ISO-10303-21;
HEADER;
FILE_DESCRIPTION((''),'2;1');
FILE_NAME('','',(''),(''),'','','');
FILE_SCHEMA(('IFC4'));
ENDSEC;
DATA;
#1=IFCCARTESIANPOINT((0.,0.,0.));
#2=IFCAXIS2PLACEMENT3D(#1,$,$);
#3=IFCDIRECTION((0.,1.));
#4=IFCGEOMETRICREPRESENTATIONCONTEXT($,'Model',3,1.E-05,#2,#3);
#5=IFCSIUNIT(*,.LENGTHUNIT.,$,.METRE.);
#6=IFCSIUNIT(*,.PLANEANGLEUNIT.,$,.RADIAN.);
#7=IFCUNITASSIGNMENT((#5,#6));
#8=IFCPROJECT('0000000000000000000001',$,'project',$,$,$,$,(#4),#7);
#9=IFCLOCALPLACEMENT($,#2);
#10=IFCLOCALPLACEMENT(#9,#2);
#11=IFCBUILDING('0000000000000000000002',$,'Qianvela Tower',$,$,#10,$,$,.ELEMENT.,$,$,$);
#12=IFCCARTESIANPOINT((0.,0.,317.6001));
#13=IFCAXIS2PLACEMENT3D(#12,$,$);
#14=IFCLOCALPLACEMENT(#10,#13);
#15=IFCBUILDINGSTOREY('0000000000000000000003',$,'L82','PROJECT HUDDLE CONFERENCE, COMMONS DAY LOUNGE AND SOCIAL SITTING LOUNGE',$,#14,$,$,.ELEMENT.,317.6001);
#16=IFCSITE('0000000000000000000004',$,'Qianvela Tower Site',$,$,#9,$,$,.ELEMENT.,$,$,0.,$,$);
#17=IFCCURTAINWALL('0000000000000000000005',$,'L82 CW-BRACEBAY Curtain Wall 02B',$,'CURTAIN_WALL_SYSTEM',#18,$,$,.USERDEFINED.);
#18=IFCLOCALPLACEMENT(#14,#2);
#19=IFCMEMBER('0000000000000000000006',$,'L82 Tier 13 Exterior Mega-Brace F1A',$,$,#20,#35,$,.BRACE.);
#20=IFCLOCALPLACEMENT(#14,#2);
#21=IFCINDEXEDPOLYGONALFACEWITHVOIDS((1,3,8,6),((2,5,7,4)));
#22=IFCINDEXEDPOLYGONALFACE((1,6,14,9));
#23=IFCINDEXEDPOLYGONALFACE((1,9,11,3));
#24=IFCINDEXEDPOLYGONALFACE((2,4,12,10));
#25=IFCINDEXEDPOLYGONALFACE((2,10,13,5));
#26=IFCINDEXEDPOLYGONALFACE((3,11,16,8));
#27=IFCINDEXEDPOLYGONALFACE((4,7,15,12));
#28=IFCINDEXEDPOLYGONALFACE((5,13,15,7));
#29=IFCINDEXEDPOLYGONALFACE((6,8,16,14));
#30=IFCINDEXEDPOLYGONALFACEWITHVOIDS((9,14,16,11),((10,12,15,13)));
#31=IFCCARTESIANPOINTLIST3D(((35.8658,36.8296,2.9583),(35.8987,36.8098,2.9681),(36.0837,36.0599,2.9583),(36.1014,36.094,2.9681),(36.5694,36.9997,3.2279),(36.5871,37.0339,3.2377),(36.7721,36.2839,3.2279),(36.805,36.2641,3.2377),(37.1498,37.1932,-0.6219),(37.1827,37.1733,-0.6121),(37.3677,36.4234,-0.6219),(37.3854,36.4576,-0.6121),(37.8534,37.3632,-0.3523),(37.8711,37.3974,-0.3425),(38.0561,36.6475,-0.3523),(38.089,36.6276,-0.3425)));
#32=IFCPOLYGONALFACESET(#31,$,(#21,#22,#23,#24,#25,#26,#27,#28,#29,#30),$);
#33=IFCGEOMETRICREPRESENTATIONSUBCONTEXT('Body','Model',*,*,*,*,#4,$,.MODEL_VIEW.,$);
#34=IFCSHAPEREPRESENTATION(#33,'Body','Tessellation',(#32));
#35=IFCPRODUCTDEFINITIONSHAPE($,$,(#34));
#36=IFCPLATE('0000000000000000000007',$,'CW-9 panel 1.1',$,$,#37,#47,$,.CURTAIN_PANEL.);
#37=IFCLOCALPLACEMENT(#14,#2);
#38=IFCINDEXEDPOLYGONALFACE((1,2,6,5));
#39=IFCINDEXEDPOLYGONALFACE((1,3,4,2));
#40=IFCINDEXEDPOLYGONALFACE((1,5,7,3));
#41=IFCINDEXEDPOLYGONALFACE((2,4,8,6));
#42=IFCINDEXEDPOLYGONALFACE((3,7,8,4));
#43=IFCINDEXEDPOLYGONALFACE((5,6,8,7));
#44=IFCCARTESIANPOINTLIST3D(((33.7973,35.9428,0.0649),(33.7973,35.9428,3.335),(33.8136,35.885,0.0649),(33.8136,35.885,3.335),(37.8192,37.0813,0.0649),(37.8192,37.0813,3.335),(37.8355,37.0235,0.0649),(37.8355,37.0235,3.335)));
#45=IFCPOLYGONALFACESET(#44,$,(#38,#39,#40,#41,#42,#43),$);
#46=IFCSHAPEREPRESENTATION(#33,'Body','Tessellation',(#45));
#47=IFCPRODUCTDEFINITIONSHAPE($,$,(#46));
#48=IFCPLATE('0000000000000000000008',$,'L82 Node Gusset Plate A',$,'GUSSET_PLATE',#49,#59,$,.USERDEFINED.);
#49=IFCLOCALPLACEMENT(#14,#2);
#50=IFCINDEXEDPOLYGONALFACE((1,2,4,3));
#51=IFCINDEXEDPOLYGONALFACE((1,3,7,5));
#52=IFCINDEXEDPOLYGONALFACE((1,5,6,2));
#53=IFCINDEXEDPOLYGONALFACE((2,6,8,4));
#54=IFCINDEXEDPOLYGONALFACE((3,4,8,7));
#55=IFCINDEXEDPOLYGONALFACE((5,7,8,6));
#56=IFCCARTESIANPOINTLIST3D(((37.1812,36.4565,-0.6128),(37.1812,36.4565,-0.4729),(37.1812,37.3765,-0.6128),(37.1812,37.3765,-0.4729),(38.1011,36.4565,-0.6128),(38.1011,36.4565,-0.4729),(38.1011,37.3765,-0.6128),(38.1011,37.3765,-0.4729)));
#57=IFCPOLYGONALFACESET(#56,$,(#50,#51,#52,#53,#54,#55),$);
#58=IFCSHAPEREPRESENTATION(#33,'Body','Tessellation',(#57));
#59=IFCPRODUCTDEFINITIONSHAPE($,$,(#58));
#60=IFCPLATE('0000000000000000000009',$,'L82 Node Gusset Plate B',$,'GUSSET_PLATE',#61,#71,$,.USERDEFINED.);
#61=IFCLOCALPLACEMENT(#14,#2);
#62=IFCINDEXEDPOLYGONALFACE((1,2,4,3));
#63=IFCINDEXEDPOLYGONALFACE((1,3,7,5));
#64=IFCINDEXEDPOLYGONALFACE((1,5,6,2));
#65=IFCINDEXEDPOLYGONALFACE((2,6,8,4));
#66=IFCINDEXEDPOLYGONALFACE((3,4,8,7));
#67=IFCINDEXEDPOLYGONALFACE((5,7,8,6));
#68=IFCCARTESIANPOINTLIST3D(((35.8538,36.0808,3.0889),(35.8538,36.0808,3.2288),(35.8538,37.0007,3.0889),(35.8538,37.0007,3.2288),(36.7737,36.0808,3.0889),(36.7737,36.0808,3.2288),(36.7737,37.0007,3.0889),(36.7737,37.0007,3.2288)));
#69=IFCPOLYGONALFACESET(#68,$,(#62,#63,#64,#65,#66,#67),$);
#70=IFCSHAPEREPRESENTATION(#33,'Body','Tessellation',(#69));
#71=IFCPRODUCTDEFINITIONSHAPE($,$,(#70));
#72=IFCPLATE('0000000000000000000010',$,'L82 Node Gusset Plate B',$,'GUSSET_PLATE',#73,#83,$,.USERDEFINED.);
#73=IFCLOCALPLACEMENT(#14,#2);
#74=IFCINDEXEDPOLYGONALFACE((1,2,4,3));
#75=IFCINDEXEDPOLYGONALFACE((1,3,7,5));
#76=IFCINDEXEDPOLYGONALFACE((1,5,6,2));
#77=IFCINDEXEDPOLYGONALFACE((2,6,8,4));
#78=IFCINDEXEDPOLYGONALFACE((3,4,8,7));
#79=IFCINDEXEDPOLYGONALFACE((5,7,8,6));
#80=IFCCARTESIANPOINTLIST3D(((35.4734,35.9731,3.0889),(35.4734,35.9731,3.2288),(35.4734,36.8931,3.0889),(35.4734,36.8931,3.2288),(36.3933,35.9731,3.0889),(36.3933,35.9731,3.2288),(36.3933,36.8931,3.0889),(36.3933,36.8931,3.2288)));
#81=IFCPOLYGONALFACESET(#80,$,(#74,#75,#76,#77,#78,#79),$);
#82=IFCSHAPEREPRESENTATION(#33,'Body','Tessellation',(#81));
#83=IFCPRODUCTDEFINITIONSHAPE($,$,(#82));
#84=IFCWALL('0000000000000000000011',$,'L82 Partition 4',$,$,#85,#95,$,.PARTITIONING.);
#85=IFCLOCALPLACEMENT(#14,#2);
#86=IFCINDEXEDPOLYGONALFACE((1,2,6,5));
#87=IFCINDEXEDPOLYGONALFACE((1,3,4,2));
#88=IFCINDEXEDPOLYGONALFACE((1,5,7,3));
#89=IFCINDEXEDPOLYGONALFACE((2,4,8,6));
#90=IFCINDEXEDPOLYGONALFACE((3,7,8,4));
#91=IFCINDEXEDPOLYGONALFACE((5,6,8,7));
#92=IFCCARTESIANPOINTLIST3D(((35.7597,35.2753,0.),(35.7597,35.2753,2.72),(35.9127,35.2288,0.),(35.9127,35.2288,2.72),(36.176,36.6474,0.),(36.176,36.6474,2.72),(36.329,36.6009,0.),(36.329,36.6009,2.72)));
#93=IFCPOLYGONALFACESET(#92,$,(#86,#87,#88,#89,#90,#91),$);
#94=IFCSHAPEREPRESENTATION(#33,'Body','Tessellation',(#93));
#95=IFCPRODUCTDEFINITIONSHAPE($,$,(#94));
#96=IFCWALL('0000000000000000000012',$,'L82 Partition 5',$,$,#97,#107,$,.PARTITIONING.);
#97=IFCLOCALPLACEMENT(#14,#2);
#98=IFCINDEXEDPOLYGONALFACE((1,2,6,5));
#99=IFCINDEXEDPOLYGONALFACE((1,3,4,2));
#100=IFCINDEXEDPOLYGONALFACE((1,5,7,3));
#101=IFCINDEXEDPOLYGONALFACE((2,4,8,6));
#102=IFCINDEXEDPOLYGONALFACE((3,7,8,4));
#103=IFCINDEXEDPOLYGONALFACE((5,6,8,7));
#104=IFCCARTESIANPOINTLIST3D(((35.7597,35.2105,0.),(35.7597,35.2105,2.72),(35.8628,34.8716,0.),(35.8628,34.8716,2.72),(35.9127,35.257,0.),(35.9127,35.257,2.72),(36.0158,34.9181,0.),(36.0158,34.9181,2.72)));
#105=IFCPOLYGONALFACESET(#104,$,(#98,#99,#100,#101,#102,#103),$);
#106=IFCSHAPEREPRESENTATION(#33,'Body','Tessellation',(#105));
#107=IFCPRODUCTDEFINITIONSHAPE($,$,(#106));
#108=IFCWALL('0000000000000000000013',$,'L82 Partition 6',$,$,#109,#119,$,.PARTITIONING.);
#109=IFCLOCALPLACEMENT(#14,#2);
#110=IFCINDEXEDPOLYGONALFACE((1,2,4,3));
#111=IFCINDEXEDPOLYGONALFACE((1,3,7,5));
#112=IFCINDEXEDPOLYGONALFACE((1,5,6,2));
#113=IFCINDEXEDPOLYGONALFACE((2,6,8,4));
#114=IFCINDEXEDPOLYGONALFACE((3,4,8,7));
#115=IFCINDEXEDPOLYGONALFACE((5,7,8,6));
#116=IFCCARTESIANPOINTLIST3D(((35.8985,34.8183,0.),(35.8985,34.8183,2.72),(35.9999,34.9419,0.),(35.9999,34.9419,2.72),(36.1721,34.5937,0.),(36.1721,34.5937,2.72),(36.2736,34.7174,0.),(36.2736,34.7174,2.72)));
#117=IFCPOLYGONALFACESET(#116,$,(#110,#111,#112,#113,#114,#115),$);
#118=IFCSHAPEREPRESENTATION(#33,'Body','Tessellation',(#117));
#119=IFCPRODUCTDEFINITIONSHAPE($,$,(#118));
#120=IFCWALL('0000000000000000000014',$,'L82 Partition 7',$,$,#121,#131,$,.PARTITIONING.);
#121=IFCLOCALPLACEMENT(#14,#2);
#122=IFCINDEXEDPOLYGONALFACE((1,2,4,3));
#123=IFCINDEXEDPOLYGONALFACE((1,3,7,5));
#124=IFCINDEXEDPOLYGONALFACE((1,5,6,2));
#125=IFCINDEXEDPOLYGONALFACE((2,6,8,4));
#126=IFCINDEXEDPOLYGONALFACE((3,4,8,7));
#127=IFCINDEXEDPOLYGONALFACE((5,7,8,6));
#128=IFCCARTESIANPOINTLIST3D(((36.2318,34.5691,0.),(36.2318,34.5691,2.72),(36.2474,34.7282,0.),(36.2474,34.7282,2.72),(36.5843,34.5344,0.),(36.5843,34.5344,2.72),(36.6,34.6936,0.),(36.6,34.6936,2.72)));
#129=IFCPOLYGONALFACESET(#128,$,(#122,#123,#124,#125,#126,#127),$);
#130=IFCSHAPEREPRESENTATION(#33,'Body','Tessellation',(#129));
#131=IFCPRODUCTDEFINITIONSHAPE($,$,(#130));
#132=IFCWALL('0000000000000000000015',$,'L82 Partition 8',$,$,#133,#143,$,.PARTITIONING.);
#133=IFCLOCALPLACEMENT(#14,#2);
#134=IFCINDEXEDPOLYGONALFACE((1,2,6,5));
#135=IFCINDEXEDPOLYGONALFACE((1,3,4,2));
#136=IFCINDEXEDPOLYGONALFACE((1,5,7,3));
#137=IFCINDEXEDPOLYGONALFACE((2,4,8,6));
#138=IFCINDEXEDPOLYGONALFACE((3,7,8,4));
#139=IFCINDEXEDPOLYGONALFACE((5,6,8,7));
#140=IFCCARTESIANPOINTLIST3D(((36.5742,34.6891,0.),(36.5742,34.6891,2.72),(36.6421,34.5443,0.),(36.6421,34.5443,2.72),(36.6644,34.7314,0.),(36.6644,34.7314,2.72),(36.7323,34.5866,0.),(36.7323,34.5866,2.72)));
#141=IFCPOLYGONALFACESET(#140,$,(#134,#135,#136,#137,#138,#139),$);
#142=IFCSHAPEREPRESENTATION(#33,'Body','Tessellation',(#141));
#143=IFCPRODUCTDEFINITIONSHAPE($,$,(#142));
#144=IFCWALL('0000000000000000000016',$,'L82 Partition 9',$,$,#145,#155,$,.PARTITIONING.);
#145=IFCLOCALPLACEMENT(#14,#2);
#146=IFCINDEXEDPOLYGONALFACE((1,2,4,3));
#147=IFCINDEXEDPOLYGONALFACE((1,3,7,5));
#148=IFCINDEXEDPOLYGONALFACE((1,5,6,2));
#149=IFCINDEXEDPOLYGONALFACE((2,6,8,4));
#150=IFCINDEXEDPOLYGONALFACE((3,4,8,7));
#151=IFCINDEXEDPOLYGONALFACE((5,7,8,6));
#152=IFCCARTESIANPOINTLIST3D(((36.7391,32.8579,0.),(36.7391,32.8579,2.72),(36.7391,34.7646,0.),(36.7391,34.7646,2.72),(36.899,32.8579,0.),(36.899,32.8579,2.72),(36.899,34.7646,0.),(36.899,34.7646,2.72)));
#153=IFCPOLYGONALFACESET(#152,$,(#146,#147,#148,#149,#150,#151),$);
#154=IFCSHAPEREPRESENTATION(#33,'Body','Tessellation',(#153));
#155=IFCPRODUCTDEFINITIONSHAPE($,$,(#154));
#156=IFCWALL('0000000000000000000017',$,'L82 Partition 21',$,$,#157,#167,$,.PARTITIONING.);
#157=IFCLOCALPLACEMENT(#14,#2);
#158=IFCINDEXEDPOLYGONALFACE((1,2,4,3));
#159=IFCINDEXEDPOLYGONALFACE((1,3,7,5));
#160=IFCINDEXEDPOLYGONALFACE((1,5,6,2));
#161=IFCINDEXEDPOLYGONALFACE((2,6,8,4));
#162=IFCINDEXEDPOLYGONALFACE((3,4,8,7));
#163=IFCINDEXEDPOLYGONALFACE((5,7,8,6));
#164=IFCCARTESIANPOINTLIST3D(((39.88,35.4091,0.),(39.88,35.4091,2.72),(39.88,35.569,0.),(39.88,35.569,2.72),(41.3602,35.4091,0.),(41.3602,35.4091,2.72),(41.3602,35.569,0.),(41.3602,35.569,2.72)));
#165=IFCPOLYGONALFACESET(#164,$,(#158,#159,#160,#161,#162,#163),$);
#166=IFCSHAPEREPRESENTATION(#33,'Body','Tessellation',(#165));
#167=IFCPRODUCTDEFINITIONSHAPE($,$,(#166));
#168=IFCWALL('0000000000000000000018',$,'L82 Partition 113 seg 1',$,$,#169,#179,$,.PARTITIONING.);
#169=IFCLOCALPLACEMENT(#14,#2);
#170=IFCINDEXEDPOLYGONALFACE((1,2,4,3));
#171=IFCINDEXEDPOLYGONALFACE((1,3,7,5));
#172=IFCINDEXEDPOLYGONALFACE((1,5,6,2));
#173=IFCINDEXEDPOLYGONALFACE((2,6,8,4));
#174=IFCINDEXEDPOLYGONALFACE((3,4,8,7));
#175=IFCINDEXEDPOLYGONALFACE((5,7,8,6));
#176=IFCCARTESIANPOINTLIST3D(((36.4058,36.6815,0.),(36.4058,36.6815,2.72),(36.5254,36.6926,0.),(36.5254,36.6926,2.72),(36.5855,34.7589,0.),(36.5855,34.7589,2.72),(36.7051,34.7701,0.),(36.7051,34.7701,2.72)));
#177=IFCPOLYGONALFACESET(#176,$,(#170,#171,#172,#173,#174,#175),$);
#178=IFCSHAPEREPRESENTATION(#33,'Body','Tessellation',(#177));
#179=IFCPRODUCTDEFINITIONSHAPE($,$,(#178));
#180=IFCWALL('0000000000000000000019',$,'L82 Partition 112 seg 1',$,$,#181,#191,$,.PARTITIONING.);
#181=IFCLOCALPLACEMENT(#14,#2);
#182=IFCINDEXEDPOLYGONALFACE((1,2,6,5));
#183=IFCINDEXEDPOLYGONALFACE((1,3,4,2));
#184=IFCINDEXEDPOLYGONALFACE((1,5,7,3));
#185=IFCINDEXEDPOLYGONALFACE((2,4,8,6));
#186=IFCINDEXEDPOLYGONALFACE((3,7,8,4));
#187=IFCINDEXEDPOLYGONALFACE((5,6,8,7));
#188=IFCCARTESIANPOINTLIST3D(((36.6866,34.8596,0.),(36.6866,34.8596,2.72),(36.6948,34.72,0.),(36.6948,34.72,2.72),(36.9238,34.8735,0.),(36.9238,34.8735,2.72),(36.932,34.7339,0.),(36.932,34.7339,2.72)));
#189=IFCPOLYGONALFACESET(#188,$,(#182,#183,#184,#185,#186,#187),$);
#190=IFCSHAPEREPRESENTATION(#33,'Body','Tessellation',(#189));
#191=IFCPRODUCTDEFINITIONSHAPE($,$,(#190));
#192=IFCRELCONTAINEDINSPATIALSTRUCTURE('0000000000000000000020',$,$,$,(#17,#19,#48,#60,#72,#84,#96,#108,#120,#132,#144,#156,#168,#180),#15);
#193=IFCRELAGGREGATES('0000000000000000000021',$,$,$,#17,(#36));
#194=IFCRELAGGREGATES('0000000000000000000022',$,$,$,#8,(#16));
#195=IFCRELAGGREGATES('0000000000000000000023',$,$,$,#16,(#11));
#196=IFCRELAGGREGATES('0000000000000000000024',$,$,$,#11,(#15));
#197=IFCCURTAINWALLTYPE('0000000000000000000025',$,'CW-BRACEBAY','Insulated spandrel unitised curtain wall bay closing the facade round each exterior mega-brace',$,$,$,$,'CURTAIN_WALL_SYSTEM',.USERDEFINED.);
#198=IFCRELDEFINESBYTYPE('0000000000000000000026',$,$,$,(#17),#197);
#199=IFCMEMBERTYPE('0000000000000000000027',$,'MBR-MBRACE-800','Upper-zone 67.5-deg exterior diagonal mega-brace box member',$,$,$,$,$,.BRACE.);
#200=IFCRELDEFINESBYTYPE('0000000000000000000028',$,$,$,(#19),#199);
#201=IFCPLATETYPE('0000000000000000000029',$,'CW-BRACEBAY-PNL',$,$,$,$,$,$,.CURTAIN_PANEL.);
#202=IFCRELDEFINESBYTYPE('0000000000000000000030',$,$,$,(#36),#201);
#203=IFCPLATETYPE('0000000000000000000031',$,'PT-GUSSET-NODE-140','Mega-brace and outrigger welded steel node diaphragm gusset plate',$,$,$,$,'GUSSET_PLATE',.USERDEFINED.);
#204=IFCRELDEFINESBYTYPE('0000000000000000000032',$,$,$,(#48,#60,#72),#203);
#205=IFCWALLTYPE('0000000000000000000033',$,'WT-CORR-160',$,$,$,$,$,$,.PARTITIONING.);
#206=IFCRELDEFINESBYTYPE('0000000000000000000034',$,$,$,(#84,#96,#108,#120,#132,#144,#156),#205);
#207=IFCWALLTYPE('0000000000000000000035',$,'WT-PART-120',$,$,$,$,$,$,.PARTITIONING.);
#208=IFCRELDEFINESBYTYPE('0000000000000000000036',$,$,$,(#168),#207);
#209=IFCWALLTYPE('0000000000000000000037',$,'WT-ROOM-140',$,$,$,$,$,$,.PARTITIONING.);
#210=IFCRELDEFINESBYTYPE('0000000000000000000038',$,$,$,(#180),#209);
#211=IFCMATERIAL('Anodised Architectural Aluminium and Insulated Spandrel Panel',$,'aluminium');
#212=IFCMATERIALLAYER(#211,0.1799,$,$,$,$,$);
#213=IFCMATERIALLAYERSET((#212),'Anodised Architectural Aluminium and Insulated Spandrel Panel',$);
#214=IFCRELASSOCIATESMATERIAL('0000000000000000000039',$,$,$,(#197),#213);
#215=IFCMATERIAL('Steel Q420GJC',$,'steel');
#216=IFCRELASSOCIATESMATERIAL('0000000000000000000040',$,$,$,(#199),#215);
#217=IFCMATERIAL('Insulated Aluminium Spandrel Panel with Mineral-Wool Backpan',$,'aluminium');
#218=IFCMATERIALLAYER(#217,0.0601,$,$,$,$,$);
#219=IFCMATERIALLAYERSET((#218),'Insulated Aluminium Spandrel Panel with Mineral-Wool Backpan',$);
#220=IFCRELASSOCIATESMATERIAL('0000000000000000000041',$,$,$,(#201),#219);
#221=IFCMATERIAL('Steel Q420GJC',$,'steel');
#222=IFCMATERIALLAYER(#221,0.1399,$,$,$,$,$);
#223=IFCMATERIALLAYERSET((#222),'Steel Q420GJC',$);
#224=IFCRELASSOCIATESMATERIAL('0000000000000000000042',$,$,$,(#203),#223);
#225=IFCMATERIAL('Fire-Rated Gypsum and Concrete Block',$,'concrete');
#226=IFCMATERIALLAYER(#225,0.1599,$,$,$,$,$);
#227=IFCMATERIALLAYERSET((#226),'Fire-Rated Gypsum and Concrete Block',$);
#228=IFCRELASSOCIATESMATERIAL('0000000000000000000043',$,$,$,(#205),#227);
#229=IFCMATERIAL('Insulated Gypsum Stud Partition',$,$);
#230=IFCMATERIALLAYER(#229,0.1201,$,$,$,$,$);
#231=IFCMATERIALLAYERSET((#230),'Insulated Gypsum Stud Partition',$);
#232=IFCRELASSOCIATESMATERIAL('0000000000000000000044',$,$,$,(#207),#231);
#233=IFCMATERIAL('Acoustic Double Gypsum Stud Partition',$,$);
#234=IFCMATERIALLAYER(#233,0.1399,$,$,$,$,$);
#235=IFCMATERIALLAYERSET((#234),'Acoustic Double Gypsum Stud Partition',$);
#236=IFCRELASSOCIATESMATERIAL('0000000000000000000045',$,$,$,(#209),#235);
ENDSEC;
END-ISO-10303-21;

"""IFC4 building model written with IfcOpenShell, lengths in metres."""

from ifc_helpers import new_model, si_unit, direction, frame, frame_2d, origin, origin_2d, place, context, subcontext, project, spatial, rectangle, hollow_rectangle, extrude, material, layer, layer_set, material_profile, profile_set, type_object, element, aggregate, save


model = new_model("IFC4")

# Units and contexts
model_context = context("Model", 3, precision=1e-05, world=origin(), true_north=direction((0.0, 1.0)))
body_context = subcontext(model_context, "Body", "Model", "MODEL_VIEW")
ifc_project = project(units=[si_unit("LENGTHUNIT", "METRE"), si_unit("PLANEANGLEUNIT", "RADIAN")], contexts=[model_context])

# Site, building, storey
site_placement = place(None, origin())
site = spatial("IfcSite", under=ifc_project, at=site_placement, Name="Qianvela Tower Site", CompositionType="ELEMENT", RefElevation=0.0)
building_placement = place(site_placement, origin())
building = spatial("IfcBuilding", under=site, at=building_placement, Name="Qianvela Tower", CompositionType="ELEMENT")
storey_placement = place(building_placement, frame((0.0, 0.0, 317.6001)))
storey = spatial("IfcBuildingStorey", under=building, at=storey_placement, Name="L82", Description="PROJECT HUDDLE CONFERENCE, COMMONS DAY LOUNGE AND SOCIAL SITTING LOUNGE", CompositionType="ELEMENT", Elevation=317.6001)

# Curtain wall
ifc_material_1 = material(Name="Anodised Architectural Aluminium and Insulated Spandrel Panel", Category="aluminium")
ifc_layer_1 = layer(ifc_material_1, 0.1799)
ifc_layer_set_1 = layer_set([ifc_layer_1], Name="Anodised Architectural Aluminium and Insulated Spandrel Panel")
curtain_wall_type_1 = type_object("IfcCurtainWallType", Name="CW-BRACEBAY", Description="Insulated spandrel unitised curtain wall bay closing the facade round each exterior mega-brace", ElementType="CURTAIN_WALL_SYSTEM", PredefinedType="USERDEFINED", material=ifc_layer_set_1)
curtain_wall_1_placement = place(storey_placement, origin())
curtain_wall_1 = element("IfcCurtainWall", 1, at=curtain_wall_1_placement, inside=storey, type_object=curtain_wall_type_1, Name="L82 CW-BRACEBAY Curtain Wall 02B", ObjectType="CURTAIN_WALL_SYSTEM", PredefinedType="USERDEFINED")

# Member
ifc_material_2 = material(Name="Steel Q420GJC", Category="steel")
ifc_material_profile_1 = material_profile(ifc_material_2, hollow_rectangle(XDim=0.8, YDim=0.8, WallThickness=0.0281, at=origin_2d()), Name="MBOX-800x800x28")
ifc_profile_set_1 = profile_set([ifc_material_profile_1], Name="Steel Q420GJC")
member_type_1 = type_object("IfcMemberType", Name="MBR-MBRACE-800", Description="Upper-zone 67.5-deg exterior diagonal mega-brace box member", PredefinedType="BRACE", material=ifc_profile_set_1)
member_1_placement = place(storey_placement, frame((37.6194, 36.9104, -0.4822), z_axis=(-0.336049, -0.095147, 0.937026), x_axis=(0.272425, -0.962177, 0.0)))
element("IfcMember", 2, at=member_1_placement, inside=storey, type_object=member_type_1, Name="L82 Tier 13 Exterior Mega-Brace F1A", PredefinedType="BRACE", context=body_context, shape_type="SweptSolid", body=[
    extrude(hollow_rectangle(XDim=0.8, YDim=0.8, WallThickness=0.0281, at=origin_2d()), origin(), (0.0, 0.0, 1.0), 3.8208),
])

# Plate
ifc_material_3 = material(Name="Insulated Aluminium Spandrel Panel with Mineral-Wool Backpan", Category="aluminium")
ifc_layer_2 = layer(ifc_material_3, 0.0601)
ifc_layer_set_2 = layer_set([ifc_layer_2], Name="Insulated Aluminium Spandrel Panel with Mineral-Wool Backpan")
plate_type_1 = type_object("IfcPlateType", Name="CW-BRACEBAY-PNL", PredefinedType="CURTAIN_PANEL", material=ifc_layer_set_2)
plate_placement = place(storey_placement, frame((35.8164, 36.4832, 0.0649), z_axis=(0.0, 0.0, 1.0), x_axis=(-0.962187, -0.272391, 0.0)))
plate = element("IfcPlate", 3, at=plate_placement, type_object=plate_type_1, Name="CW-9 panel 1.1", PredefinedType="CURTAIN_PANEL", context=body_context, shape_type="SweptSolid", body=[
    extrude(rectangle(XDim=4.1799, YDim=0.0601, at=origin_2d()), origin(), (0.0, 0.0, 1.0), 3.27),
])
aggregate(curtain_wall_1, [plate])

# Plates
ifc_material_4 = material(Name="Steel Q420GJC", Category="steel")
ifc_layer_3 = layer(ifc_material_4, 0.1399)
ifc_layer_set_3 = layer_set([ifc_layer_3], Name="Steel Q420GJC")
plate_type_2 = type_object("IfcPlateType", Name="PT-GUSSET-NODE-140", Description="Mega-brace and outrigger welded steel node diaphragm gusset plate", ElementType="GUSSET_PLATE", PredefinedType="USERDEFINED", material=ifc_layer_set_3)
for number, where, z_axis, x_axis, name in (
    (4, (37.6411, 36.9165, -0.6128), (0.0, 0.0, 1.0), (1.0, 0.0, 0.0), "L82 Node Gusset Plate A"),
    (5, (36.3137, 36.5408, 3.0889), (0.0, 0.0, 1.0), (1.0, 0.0, 0.0), "L82 Node Gusset Plate B"),
    (6, (35.9333, 36.4331, 3.0889), (0.0, 0.0, 1.0), (1.0, 0.0, 0.0), "L82 Node Gusset Plate B"),
):
    element("IfcPlate", number, at=place(storey_placement, frame(where, z_axis=z_axis, x_axis=x_axis)), inside=storey, type_object=plate_type_2, Name=name, ObjectType="GUSSET_PLATE", PredefinedType="USERDEFINED", context=body_context, shape_type="SweptSolid", body=[
        extrude(rectangle(XDim=0.9199, YDim=0.9199, at=origin_2d()), origin(), (0.0, 0.0, 1.0), 0.1399),
    ])

# Walls
ifc_material_5 = material(Name="Fire-Rated Gypsum and Concrete Block", Category="concrete")
ifc_layer_4 = layer(ifc_material_5, 0.1599)
ifc_layer_set_4 = layer_set([ifc_layer_4], Name="Fire-Rated Gypsum and Concrete Block")
wall_type_1 = type_object("IfcWallType", Name="WT-CORR-160", PredefinedType="PARTITIONING", material=ifc_layer_set_4)
wall_1_placement = place(storey_placement, frame((36.2524, 36.624, 0.0), z_axis=(0.0, 0.0, 1.0), x_axis=(-0.290315, -0.956931, 0.0)))
element("IfcWall", 7, at=wall_1_placement, inside=storey, type_object=wall_type_1, Name="L82 Partition 4", PredefinedType="PARTITIONING", context=body_context, shape_type="SweptSolid", body=[
    extrude(rectangle(XDim=1.4338, YDim=0.1599, at=frame_2d((0.7168, 0.0))), origin(), (0.0, 0.0, 1.0), 2.72),
])
wall_2_placement = place(storey_placement, frame((35.8362, 35.2339, 0.0), z_axis=(0.0, 0.0, 1.0), x_axis=(0.290887, -0.956757, 0.0)))
element("IfcWall", 8, at=wall_2_placement, inside=storey, type_object=wall_type_1, Name="L82 Partition 5", PredefinedType="PARTITIONING", context=body_context, shape_type="SweptSolid", body=[
    extrude(rectangle(XDim=0.3542, YDim=0.1599, at=frame_2d((0.1772, 0.0))), origin(), (0.0, 0.0, 1.0), 2.72),
])
wall_3_placement = place(storey_placement, frame((35.9492, 34.8801, 0.0), z_axis=(0.0, 0.0, 1.0), x_axis=(0.773004, -0.634401, 0.0)))
element("IfcWall", 9, at=wall_3_placement, inside=storey, type_object=wall_type_1, Name="L82 Partition 6", PredefinedType="PARTITIONING", context=body_context, shape_type="SweptSolid", body=[
    extrude(rectangle(XDim=0.354, YDim=0.1599, at=frame_2d((0.177, 0.0))), origin(), (0.0, 0.0, 1.0), 2.72),
])
wall_4_placement = place(storey_placement, frame((36.2395, 34.6487, 0.0), z_axis=(0.0, 0.0, 1.0), x_axis=(0.9952, -0.097866, 0.0)))
element("IfcWall", 10, at=wall_4_placement, inside=storey, type_object=wall_type_1, Name="L82 Partition 7", PredefinedType="PARTITIONING", context=body_context, shape_type="SweptSolid", body=[
    extrude(rectangle(XDim=0.3542, YDim=0.1599, at=frame_2d((0.1772, 0.0))), origin(), (0.0, 0.0, 1.0), 2.72),
])
wall_5_placement = place(storey_placement, frame((36.6082, 34.6167, 0.0), z_axis=(0.0, 0.0, 1.0), x_axis=(0.905429, 0.424497, 0.0)))
element("IfcWall", 11, at=wall_5_placement, inside=storey, type_object=wall_type_1, Name="L82 Partition 8", PredefinedType="PARTITIONING", context=body_context, shape_type="SweptSolid", body=[
    extrude(rectangle(XDim=0.0996, YDim=0.1599, at=frame_2d((0.0498, 0.0))), origin(), (0.0, 0.0, 1.0), 2.72),
])
wall_6_placement = place(storey_placement, frame((36.8191, 34.7646, 0.0), z_axis=(0.0, 0.0, 1.0), x_axis=(0.0, -1.0, 0.0)))
element("IfcWall", 12, at=wall_6_placement, inside=storey, type_object=wall_type_1, Name="L82 Partition 9", PredefinedType="PARTITIONING", context=body_context, shape_type="SweptSolid", body=[
    extrude(rectangle(XDim=1.9067, YDim=0.1599, at=frame_2d((0.9534, 0.0))), origin(), (0.0, 0.0, 1.0), 2.72),
])
wall_7_placement = place(storey_placement, frame((39.8799, 35.489, 0.0), z_axis=(0.0, 0.0, 1.0), x_axis=(1.0, 0.0, 0.0)))
element("IfcWall", 13, at=wall_7_placement, inside=storey, type_object=wall_type_1, Name="L82 Partition 21", PredefinedType="PARTITIONING", context=body_context, shape_type="SweptSolid", body=[
    extrude(rectangle(XDim=1.4802, YDim=0.1599, at=frame_2d((0.7402, 0.0))), origin(), (0.0, 0.0, 1.0), 2.72),
])
ifc_material_6 = material(Name="Insulated Gypsum Stud Partition")
ifc_layer_5 = layer(ifc_material_6, 0.1201)
ifc_layer_set_5 = layer_set([ifc_layer_5], Name="Insulated Gypsum Stud Partition")
wall_type_2 = type_object("IfcWallType", Name="WT-PART-120", PredefinedType="PARTITIONING", material=ifc_layer_set_5)
wall_8_placement = place(storey_placement, frame((36.6453, 34.7646, 0.0), z_axis=(0.0, 0.0, 1.0), x_axis=(-0.093055, 0.995661, 0.0)))
element("IfcWall", 14, at=wall_8_placement, inside=storey, type_object=wall_type_2, Name="L82 Partition 113 seg 1", PredefinedType="PARTITIONING", context=body_context, shape_type="SweptSolid", body=[
    extrude(rectangle(XDim=1.9309, YDim=0.1201, at=frame_2d((0.9653, 0.0))), origin(), (0.0, 0.0, 1.0), 2.72),
])
ifc_material_7 = material(Name="Acoustic Double Gypsum Stud Partition")
ifc_layer_6 = layer(ifc_material_7, 0.1399)
ifc_layer_set_6 = layer_set([ifc_layer_6], Name="Acoustic Double Gypsum Stud Partition")
wall_type_3 = type_object("IfcWallType", Name="WT-ROOM-140", PredefinedType="PARTITIONING", material=ifc_layer_set_6)
wall_9_placement = place(storey_placement, frame((36.9277, 34.8037, 0.0), z_axis=(0.0, 0.0, 1.0), x_axis=(-0.998281, -0.058601, 0.0)))
element("IfcWall", 15, at=wall_9_placement, inside=storey, type_object=wall_type_3, Name="L82 Partition 112 seg 1", PredefinedType="PARTITIONING", context=body_context, shape_type="SweptSolid", body=[
    extrude(rectangle(XDim=0.2375, YDim=0.1399, at=frame_2d((0.1187, 0.0))), origin(), (0.0, 0.0, 1.0), 2.72),
])

save(model, "model.ifc")
